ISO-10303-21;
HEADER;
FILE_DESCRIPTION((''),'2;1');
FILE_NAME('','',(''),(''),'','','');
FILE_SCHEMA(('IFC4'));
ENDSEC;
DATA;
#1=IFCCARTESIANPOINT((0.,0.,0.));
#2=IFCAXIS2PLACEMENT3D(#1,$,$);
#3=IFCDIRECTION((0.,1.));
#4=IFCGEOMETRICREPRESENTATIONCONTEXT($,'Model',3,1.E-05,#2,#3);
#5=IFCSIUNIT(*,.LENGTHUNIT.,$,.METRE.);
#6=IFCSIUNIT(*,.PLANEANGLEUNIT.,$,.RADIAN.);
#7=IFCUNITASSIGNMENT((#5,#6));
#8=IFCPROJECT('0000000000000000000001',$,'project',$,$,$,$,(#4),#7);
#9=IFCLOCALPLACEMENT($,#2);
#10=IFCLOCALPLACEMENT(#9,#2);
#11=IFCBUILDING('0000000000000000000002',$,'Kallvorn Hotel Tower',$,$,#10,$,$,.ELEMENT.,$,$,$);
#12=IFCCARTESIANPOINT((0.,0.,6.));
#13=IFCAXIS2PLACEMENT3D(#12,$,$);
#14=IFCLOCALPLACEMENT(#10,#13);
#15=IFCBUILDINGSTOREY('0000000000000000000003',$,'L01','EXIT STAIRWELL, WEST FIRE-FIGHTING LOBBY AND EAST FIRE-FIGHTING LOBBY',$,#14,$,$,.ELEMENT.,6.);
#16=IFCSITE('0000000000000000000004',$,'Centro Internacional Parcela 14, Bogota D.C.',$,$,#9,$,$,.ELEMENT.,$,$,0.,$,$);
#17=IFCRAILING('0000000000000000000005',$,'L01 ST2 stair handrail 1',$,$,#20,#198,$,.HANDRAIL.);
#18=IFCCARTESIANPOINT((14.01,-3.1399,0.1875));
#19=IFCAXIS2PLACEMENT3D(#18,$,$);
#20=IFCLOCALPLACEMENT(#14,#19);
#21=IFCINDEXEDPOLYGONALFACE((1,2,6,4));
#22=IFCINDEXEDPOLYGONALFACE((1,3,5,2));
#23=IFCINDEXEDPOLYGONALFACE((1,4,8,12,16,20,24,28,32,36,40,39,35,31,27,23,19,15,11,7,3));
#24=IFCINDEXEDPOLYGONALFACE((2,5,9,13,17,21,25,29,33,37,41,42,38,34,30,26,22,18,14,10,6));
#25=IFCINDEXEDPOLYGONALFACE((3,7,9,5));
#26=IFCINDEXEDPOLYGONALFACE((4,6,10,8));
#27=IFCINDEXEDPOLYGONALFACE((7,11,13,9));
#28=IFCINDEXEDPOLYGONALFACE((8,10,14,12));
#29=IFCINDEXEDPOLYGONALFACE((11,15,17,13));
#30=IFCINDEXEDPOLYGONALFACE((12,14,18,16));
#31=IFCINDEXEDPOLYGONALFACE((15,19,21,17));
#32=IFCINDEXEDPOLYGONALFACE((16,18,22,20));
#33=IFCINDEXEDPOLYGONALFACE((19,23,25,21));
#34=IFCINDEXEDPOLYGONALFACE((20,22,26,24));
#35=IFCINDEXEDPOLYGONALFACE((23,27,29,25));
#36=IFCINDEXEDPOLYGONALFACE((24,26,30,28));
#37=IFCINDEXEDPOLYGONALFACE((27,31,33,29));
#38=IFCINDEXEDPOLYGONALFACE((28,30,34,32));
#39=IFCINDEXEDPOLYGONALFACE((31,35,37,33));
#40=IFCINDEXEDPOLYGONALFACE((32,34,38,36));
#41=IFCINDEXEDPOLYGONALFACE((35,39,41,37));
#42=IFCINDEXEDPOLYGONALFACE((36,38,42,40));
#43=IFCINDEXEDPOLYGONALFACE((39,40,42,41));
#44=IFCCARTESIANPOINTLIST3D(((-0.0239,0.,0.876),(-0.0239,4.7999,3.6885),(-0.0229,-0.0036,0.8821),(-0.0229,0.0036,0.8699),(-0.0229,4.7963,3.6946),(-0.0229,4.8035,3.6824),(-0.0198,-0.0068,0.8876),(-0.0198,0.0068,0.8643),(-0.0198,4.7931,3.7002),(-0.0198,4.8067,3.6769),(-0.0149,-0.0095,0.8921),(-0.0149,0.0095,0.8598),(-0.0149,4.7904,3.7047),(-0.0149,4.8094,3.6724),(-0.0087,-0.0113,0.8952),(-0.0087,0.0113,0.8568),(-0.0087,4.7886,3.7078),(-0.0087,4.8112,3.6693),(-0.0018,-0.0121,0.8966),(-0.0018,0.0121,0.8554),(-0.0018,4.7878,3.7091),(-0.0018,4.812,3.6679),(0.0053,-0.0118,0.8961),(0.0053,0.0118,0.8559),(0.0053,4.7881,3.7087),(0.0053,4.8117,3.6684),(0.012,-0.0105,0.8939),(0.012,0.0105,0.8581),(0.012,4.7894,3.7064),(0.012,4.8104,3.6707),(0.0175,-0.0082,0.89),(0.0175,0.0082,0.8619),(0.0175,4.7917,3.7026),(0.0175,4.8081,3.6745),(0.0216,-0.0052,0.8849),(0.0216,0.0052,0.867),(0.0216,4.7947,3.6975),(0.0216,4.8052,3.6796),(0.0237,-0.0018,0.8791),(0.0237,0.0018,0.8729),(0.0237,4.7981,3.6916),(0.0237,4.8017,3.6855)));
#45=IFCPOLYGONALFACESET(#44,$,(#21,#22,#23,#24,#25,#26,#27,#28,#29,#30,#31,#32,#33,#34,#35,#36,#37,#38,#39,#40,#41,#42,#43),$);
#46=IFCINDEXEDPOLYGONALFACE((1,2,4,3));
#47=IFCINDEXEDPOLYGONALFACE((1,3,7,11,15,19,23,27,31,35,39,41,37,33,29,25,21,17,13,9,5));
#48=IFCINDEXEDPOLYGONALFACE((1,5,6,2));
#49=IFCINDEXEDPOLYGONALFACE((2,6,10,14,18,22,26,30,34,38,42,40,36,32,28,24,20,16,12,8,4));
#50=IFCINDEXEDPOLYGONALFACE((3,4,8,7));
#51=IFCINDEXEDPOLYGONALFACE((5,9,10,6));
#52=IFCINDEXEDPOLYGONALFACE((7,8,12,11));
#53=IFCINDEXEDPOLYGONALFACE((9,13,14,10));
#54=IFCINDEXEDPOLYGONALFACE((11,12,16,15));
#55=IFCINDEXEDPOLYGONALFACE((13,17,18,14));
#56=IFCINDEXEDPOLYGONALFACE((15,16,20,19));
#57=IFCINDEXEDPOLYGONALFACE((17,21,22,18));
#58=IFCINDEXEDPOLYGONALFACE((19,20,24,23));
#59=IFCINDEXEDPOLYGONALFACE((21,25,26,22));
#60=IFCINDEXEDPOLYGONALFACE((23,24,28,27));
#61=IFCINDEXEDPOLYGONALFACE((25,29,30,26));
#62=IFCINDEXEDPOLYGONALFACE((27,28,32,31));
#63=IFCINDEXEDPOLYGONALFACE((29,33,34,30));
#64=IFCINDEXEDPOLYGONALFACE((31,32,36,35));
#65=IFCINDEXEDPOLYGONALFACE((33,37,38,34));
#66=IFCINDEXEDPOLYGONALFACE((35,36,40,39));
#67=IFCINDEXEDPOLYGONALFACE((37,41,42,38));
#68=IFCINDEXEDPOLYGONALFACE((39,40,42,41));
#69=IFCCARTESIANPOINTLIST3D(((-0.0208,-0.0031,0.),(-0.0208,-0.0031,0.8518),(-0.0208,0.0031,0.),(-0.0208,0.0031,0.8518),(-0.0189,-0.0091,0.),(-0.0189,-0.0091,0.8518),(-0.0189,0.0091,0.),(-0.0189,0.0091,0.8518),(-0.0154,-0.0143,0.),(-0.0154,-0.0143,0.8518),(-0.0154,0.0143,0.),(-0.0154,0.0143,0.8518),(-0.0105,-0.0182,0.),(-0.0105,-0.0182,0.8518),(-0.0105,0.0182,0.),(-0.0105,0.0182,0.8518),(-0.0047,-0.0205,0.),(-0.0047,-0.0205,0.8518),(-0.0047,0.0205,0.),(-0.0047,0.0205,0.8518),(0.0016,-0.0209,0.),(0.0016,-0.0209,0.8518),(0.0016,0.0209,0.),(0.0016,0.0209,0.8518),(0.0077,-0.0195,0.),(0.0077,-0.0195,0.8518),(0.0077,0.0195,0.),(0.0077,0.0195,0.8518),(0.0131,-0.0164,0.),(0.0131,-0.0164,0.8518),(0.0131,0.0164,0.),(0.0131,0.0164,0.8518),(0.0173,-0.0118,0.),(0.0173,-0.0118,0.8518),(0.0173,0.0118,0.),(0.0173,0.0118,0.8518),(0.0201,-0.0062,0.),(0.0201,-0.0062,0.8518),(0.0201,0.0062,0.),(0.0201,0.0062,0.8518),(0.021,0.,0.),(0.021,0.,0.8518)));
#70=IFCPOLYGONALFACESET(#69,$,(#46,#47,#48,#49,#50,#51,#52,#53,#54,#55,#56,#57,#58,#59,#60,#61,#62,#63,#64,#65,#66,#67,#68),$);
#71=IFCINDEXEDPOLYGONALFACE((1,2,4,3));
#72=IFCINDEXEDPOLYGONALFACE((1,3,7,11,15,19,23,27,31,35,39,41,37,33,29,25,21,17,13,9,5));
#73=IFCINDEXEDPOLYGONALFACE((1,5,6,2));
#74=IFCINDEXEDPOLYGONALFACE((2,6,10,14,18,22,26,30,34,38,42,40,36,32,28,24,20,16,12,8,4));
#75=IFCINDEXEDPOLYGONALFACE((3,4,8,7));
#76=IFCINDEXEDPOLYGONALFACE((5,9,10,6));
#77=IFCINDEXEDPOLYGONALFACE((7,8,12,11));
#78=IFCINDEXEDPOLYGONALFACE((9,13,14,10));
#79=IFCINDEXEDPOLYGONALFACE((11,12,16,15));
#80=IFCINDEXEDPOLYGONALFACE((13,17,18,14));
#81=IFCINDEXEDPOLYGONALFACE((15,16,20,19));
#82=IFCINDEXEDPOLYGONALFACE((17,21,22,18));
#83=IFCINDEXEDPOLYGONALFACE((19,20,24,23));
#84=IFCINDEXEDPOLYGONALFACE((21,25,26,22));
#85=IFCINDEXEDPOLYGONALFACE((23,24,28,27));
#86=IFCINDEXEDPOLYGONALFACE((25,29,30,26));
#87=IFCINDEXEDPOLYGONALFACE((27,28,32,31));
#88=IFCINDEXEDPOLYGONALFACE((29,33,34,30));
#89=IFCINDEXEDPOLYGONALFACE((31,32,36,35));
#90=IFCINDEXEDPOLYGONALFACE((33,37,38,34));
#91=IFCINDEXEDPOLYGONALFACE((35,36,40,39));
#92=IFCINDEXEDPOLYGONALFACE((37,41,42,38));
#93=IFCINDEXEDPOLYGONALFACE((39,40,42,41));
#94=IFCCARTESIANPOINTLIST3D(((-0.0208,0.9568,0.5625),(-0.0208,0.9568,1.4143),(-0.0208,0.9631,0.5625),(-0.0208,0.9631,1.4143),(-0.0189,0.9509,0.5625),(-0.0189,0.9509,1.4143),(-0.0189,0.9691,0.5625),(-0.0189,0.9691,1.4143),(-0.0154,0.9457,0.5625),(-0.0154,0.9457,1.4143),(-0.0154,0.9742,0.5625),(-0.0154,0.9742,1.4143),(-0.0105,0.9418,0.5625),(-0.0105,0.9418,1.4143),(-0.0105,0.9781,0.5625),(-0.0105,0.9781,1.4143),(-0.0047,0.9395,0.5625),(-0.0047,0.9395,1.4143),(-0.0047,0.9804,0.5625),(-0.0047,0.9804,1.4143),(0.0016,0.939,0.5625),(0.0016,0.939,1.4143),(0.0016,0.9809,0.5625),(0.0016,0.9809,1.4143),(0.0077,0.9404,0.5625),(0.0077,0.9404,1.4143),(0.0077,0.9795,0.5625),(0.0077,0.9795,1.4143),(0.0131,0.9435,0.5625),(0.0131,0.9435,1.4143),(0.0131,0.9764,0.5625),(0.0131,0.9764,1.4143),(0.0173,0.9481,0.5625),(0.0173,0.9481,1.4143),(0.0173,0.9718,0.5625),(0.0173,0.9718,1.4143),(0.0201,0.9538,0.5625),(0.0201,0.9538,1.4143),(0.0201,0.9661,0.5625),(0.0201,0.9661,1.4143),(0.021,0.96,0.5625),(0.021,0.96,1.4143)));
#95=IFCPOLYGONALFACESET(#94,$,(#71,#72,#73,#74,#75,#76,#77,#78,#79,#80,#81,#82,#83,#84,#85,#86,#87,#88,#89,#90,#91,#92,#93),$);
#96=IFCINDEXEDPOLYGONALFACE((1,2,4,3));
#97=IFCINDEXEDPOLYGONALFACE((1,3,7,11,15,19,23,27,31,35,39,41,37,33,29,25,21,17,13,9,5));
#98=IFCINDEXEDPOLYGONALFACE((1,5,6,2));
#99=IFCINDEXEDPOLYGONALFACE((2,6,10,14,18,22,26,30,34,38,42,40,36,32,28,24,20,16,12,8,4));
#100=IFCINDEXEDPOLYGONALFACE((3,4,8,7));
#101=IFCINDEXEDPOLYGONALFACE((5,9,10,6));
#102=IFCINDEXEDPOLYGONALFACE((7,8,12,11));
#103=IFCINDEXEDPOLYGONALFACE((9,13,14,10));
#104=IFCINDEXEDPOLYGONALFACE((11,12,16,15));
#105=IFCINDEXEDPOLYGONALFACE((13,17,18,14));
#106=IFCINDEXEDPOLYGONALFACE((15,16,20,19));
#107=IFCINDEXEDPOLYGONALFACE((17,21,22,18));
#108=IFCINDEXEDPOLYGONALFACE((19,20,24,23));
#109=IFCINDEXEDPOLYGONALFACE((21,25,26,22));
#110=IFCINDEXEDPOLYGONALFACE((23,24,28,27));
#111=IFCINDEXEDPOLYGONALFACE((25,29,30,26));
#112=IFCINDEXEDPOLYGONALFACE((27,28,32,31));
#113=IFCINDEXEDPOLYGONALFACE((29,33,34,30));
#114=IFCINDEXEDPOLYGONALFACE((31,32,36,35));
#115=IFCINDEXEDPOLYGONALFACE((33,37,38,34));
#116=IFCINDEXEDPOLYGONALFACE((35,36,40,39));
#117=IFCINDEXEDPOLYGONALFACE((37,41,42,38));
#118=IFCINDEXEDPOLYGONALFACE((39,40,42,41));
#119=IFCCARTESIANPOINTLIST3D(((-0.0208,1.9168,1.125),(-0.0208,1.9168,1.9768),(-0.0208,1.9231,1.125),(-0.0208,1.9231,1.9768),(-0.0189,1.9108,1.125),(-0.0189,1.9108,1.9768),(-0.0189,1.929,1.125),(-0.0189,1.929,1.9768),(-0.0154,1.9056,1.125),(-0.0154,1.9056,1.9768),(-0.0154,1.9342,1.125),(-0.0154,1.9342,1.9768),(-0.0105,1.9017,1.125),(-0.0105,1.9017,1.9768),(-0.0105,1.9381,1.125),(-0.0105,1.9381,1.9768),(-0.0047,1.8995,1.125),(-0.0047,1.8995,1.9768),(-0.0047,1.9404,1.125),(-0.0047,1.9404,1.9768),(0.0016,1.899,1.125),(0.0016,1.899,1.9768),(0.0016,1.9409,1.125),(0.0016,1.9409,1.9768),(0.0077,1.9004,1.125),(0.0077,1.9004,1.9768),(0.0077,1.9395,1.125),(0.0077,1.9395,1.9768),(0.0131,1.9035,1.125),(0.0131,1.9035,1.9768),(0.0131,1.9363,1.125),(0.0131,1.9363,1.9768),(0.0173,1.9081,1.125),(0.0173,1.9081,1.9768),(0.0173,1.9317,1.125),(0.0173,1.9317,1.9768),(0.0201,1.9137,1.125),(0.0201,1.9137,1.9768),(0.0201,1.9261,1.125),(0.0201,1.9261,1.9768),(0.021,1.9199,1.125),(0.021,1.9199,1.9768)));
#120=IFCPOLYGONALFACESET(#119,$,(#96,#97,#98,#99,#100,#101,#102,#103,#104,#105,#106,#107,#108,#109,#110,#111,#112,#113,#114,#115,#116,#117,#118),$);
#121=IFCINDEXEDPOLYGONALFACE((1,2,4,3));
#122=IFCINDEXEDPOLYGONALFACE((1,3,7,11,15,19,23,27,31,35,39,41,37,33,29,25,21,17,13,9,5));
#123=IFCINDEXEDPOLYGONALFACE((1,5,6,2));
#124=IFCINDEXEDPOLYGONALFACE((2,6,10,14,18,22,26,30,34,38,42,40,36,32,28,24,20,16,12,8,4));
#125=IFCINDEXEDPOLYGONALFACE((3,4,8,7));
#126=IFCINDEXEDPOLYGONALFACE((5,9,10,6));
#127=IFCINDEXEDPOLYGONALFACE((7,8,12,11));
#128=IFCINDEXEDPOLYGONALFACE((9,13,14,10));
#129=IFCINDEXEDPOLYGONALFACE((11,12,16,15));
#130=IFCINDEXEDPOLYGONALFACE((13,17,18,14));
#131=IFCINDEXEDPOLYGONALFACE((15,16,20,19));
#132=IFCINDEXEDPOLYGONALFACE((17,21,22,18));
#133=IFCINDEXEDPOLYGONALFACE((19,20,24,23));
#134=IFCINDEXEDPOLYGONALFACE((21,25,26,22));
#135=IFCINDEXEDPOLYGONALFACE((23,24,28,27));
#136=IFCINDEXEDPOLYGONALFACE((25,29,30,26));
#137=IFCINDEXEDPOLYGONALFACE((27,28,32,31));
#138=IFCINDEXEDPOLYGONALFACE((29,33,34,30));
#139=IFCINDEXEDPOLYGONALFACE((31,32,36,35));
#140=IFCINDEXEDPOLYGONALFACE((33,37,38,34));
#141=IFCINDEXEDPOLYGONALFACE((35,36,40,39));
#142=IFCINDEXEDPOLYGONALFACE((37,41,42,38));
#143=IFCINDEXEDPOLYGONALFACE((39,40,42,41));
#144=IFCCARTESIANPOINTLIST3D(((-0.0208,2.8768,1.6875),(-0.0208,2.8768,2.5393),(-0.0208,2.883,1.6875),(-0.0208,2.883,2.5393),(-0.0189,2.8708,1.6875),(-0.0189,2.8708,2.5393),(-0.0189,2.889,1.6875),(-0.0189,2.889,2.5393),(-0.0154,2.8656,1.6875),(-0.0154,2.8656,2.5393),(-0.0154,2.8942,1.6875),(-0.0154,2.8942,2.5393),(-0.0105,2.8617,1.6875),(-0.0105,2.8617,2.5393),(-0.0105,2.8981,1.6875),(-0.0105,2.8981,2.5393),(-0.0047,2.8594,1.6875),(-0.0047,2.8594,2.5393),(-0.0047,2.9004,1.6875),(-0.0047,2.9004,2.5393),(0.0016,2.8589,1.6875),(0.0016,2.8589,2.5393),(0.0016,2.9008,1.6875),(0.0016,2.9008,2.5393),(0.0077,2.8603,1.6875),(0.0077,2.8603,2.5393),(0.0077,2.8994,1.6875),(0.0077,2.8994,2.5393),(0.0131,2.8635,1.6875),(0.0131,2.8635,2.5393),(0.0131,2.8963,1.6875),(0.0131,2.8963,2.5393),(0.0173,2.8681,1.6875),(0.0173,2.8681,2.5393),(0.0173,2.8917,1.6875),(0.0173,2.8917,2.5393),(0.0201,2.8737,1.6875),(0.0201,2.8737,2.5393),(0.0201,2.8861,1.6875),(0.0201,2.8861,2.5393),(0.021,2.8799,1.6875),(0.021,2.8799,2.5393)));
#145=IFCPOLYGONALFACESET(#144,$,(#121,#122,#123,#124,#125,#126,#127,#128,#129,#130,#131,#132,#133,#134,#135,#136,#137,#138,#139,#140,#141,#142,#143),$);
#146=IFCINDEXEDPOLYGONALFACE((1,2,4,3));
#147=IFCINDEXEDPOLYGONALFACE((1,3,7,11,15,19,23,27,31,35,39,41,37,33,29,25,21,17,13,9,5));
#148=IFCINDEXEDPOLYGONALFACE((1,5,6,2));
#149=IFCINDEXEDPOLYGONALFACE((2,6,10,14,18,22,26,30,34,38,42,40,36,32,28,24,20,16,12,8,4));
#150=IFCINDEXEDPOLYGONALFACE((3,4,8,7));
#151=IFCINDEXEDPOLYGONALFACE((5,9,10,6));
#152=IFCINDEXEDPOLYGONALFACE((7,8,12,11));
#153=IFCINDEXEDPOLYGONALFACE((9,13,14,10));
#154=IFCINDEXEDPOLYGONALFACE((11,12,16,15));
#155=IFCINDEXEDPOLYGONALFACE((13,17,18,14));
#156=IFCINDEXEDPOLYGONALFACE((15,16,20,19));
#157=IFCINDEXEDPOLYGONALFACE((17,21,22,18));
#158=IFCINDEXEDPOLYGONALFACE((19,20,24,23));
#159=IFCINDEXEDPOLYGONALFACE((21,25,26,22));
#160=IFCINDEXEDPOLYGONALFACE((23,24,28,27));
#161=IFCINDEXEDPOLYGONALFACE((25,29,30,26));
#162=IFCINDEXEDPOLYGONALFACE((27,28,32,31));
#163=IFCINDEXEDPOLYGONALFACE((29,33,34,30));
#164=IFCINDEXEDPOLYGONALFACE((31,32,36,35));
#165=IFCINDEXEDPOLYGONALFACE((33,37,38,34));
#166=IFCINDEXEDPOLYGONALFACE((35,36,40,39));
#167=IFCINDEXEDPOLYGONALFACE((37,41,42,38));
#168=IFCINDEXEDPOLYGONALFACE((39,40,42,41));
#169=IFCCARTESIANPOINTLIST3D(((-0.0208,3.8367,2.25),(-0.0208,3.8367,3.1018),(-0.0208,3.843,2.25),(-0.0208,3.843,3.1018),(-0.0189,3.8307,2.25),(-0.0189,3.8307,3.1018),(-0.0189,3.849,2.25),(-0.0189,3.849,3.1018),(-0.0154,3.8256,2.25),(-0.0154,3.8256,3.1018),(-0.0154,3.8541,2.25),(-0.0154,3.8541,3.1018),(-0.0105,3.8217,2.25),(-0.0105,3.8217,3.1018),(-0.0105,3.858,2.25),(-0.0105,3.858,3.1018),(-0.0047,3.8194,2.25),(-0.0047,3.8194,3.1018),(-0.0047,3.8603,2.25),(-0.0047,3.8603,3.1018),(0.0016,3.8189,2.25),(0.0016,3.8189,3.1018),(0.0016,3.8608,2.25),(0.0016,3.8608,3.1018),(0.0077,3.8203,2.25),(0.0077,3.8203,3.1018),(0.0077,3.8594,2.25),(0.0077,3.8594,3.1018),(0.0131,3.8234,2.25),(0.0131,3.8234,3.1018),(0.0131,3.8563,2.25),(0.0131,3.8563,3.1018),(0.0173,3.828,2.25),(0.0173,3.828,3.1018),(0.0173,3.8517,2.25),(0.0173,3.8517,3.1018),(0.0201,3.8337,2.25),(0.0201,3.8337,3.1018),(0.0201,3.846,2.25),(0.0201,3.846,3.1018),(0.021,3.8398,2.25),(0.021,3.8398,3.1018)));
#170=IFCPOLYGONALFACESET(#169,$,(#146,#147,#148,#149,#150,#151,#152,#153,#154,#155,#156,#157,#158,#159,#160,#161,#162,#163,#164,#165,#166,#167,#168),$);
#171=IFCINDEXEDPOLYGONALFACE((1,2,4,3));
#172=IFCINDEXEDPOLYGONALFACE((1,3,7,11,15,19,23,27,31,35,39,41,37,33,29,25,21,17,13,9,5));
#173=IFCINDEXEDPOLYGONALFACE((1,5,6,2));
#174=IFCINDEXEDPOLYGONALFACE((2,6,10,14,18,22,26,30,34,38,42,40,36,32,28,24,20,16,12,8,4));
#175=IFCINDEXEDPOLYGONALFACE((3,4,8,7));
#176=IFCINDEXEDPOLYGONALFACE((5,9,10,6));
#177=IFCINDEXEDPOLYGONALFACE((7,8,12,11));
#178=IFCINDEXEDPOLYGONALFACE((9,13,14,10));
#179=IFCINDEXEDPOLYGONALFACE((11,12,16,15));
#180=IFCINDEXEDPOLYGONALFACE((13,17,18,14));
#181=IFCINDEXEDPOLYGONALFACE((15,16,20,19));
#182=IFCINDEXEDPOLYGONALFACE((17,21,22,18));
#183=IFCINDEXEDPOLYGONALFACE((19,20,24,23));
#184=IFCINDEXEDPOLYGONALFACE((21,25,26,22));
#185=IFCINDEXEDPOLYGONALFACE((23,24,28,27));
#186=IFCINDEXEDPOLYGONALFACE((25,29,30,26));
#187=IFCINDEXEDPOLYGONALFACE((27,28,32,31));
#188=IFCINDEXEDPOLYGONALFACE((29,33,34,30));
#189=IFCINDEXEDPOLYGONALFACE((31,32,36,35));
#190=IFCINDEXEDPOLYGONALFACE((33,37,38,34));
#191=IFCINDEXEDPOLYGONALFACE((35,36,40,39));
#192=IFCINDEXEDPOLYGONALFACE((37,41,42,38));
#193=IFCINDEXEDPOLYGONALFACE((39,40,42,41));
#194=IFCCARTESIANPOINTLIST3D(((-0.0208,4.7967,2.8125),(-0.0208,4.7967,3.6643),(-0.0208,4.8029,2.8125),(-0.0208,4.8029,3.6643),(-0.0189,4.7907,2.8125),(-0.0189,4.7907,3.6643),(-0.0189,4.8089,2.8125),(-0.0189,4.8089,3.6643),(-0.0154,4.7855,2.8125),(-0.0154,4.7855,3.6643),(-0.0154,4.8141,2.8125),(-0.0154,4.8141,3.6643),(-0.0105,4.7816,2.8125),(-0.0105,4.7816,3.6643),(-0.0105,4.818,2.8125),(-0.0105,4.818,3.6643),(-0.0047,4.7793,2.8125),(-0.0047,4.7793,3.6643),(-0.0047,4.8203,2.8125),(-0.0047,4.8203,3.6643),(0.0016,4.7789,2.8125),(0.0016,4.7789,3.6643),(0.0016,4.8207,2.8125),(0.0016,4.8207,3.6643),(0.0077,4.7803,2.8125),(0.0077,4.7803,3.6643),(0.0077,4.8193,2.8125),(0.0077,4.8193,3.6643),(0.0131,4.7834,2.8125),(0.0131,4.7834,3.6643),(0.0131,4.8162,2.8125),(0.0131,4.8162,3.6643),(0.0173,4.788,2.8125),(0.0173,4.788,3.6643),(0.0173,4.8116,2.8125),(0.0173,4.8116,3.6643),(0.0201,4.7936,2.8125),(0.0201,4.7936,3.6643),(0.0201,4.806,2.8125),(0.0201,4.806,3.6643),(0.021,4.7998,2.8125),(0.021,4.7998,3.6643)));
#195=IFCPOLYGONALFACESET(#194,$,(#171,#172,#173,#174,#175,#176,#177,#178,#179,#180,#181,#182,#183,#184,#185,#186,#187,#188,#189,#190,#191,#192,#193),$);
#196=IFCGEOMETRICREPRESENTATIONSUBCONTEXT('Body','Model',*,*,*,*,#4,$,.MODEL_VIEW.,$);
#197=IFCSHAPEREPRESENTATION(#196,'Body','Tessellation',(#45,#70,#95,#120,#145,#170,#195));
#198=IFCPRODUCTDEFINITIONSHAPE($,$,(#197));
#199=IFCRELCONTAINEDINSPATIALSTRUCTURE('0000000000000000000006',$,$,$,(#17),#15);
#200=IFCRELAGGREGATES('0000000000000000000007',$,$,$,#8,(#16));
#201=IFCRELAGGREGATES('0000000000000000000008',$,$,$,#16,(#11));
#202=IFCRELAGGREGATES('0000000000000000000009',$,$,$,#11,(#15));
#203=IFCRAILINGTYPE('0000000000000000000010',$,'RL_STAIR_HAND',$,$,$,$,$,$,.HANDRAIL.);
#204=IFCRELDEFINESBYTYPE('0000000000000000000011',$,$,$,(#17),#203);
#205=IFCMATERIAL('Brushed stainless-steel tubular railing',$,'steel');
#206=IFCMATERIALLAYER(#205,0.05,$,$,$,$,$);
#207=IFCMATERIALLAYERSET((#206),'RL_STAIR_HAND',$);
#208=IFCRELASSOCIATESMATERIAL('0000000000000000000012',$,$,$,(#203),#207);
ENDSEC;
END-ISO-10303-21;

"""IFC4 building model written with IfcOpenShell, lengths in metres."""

from ifc_helpers import new_model, si_unit, direction, frame, origin, origin_2d, place, context, subcontext, project, spatial, circle, extrude, material, layer, layer_set, type_object, element, save


model = new_model("IFC4")

# Units and contexts
model_context = context("Model", 3, precision=1e-05, world=origin(), true_north=direction((0.0, 1.0)))
body_context = subcontext(model_context, "Body", "Model", "MODEL_VIEW")
ifc_project = project(units=[si_unit("LENGTHUNIT", "METRE"), si_unit("PLANEANGLEUNIT", "RADIAN")], contexts=[model_context])

# Site, building, storey
site_placement = place(None, origin())
site = spatial("IfcSite", under=ifc_project, at=site_placement, Name="Centro Internacional Parcela 14, Bogota D.C.", CompositionType="ELEMENT", RefElevation=0.0)
building_placement = place(site_placement, origin())
building = spatial("IfcBuilding", under=site, at=building_placement, Name="Kallvorn Hotel Tower", CompositionType="ELEMENT")
storey_placement = place(building_placement, frame((0.0, 0.0, 6.0)))
storey = spatial("IfcBuildingStorey", under=building, at=storey_placement, Name="L01", Description="EXIT STAIRWELL, WEST FIRE-FIGHTING LOBBY AND EAST FIRE-FIGHTING LOBBY", CompositionType="ELEMENT", Elevation=6.0)

# Railing
ifc_material_1 = material(Name="Brushed stainless-steel tubular railing", Category="steel")
ifc_layer_1 = layer(ifc_material_1, 0.05)
ifc_layer_set_1 = layer_set([ifc_layer_1], Name="RL_STAIR_HAND")
railing_type_1 = type_object("IfcRailingType", Name="RL_STAIR_HAND", PredefinedType="HANDRAIL", material=ifc_layer_set_1)
railing_1_placement = place(storey_placement, frame((14.01, -3.1399, 0.1875)))
element("IfcRailing", 1, at=railing_1_placement, inside=storey, type_object=railing_type_1, Name="L01 ST2 stair handrail 1", PredefinedType="HANDRAIL", context=body_context, shape_type="SweptSolid", body=[
    extrude(circle(Radius=0.0239, at=origin_2d()), frame((0.0, 0.0, 0.876), z_axis=(0.0, 0.86279, 0.505562), x_axis=(-1.0, 0.0, 0.0)), (0.0, 0.0, 1.0), 5.5632),
    extrude(circle(Radius=0.021, at=origin_2d()), origin(), (0.0, 0.0, 1.0), 0.8518),
    extrude(circle(Radius=0.021, at=origin_2d()), frame((0.0, 0.96, 0.5625)), (0.0, 0.0, 1.0), 0.8518),
    extrude(circle(Radius=0.021, at=origin_2d()), frame((0.0, 1.9199, 1.125)), (0.0, 0.0, 1.0), 0.8518),
    extrude(circle(Radius=0.021, at=origin_2d()), frame((0.0, 2.8799, 1.6875)), (0.0, 0.0, 1.0), 0.8518),
    extrude(circle(Radius=0.021, at=origin_2d()), frame((0.0, 3.8398, 2.25)), (0.0, 0.0, 1.0), 0.8518),
    extrude(circle(Radius=0.021, at=origin_2d()), frame((0.0, 4.7998, 2.8125)), (0.0, 0.0, 1.0), 0.8518),
])

save(model, "model.ifc")
